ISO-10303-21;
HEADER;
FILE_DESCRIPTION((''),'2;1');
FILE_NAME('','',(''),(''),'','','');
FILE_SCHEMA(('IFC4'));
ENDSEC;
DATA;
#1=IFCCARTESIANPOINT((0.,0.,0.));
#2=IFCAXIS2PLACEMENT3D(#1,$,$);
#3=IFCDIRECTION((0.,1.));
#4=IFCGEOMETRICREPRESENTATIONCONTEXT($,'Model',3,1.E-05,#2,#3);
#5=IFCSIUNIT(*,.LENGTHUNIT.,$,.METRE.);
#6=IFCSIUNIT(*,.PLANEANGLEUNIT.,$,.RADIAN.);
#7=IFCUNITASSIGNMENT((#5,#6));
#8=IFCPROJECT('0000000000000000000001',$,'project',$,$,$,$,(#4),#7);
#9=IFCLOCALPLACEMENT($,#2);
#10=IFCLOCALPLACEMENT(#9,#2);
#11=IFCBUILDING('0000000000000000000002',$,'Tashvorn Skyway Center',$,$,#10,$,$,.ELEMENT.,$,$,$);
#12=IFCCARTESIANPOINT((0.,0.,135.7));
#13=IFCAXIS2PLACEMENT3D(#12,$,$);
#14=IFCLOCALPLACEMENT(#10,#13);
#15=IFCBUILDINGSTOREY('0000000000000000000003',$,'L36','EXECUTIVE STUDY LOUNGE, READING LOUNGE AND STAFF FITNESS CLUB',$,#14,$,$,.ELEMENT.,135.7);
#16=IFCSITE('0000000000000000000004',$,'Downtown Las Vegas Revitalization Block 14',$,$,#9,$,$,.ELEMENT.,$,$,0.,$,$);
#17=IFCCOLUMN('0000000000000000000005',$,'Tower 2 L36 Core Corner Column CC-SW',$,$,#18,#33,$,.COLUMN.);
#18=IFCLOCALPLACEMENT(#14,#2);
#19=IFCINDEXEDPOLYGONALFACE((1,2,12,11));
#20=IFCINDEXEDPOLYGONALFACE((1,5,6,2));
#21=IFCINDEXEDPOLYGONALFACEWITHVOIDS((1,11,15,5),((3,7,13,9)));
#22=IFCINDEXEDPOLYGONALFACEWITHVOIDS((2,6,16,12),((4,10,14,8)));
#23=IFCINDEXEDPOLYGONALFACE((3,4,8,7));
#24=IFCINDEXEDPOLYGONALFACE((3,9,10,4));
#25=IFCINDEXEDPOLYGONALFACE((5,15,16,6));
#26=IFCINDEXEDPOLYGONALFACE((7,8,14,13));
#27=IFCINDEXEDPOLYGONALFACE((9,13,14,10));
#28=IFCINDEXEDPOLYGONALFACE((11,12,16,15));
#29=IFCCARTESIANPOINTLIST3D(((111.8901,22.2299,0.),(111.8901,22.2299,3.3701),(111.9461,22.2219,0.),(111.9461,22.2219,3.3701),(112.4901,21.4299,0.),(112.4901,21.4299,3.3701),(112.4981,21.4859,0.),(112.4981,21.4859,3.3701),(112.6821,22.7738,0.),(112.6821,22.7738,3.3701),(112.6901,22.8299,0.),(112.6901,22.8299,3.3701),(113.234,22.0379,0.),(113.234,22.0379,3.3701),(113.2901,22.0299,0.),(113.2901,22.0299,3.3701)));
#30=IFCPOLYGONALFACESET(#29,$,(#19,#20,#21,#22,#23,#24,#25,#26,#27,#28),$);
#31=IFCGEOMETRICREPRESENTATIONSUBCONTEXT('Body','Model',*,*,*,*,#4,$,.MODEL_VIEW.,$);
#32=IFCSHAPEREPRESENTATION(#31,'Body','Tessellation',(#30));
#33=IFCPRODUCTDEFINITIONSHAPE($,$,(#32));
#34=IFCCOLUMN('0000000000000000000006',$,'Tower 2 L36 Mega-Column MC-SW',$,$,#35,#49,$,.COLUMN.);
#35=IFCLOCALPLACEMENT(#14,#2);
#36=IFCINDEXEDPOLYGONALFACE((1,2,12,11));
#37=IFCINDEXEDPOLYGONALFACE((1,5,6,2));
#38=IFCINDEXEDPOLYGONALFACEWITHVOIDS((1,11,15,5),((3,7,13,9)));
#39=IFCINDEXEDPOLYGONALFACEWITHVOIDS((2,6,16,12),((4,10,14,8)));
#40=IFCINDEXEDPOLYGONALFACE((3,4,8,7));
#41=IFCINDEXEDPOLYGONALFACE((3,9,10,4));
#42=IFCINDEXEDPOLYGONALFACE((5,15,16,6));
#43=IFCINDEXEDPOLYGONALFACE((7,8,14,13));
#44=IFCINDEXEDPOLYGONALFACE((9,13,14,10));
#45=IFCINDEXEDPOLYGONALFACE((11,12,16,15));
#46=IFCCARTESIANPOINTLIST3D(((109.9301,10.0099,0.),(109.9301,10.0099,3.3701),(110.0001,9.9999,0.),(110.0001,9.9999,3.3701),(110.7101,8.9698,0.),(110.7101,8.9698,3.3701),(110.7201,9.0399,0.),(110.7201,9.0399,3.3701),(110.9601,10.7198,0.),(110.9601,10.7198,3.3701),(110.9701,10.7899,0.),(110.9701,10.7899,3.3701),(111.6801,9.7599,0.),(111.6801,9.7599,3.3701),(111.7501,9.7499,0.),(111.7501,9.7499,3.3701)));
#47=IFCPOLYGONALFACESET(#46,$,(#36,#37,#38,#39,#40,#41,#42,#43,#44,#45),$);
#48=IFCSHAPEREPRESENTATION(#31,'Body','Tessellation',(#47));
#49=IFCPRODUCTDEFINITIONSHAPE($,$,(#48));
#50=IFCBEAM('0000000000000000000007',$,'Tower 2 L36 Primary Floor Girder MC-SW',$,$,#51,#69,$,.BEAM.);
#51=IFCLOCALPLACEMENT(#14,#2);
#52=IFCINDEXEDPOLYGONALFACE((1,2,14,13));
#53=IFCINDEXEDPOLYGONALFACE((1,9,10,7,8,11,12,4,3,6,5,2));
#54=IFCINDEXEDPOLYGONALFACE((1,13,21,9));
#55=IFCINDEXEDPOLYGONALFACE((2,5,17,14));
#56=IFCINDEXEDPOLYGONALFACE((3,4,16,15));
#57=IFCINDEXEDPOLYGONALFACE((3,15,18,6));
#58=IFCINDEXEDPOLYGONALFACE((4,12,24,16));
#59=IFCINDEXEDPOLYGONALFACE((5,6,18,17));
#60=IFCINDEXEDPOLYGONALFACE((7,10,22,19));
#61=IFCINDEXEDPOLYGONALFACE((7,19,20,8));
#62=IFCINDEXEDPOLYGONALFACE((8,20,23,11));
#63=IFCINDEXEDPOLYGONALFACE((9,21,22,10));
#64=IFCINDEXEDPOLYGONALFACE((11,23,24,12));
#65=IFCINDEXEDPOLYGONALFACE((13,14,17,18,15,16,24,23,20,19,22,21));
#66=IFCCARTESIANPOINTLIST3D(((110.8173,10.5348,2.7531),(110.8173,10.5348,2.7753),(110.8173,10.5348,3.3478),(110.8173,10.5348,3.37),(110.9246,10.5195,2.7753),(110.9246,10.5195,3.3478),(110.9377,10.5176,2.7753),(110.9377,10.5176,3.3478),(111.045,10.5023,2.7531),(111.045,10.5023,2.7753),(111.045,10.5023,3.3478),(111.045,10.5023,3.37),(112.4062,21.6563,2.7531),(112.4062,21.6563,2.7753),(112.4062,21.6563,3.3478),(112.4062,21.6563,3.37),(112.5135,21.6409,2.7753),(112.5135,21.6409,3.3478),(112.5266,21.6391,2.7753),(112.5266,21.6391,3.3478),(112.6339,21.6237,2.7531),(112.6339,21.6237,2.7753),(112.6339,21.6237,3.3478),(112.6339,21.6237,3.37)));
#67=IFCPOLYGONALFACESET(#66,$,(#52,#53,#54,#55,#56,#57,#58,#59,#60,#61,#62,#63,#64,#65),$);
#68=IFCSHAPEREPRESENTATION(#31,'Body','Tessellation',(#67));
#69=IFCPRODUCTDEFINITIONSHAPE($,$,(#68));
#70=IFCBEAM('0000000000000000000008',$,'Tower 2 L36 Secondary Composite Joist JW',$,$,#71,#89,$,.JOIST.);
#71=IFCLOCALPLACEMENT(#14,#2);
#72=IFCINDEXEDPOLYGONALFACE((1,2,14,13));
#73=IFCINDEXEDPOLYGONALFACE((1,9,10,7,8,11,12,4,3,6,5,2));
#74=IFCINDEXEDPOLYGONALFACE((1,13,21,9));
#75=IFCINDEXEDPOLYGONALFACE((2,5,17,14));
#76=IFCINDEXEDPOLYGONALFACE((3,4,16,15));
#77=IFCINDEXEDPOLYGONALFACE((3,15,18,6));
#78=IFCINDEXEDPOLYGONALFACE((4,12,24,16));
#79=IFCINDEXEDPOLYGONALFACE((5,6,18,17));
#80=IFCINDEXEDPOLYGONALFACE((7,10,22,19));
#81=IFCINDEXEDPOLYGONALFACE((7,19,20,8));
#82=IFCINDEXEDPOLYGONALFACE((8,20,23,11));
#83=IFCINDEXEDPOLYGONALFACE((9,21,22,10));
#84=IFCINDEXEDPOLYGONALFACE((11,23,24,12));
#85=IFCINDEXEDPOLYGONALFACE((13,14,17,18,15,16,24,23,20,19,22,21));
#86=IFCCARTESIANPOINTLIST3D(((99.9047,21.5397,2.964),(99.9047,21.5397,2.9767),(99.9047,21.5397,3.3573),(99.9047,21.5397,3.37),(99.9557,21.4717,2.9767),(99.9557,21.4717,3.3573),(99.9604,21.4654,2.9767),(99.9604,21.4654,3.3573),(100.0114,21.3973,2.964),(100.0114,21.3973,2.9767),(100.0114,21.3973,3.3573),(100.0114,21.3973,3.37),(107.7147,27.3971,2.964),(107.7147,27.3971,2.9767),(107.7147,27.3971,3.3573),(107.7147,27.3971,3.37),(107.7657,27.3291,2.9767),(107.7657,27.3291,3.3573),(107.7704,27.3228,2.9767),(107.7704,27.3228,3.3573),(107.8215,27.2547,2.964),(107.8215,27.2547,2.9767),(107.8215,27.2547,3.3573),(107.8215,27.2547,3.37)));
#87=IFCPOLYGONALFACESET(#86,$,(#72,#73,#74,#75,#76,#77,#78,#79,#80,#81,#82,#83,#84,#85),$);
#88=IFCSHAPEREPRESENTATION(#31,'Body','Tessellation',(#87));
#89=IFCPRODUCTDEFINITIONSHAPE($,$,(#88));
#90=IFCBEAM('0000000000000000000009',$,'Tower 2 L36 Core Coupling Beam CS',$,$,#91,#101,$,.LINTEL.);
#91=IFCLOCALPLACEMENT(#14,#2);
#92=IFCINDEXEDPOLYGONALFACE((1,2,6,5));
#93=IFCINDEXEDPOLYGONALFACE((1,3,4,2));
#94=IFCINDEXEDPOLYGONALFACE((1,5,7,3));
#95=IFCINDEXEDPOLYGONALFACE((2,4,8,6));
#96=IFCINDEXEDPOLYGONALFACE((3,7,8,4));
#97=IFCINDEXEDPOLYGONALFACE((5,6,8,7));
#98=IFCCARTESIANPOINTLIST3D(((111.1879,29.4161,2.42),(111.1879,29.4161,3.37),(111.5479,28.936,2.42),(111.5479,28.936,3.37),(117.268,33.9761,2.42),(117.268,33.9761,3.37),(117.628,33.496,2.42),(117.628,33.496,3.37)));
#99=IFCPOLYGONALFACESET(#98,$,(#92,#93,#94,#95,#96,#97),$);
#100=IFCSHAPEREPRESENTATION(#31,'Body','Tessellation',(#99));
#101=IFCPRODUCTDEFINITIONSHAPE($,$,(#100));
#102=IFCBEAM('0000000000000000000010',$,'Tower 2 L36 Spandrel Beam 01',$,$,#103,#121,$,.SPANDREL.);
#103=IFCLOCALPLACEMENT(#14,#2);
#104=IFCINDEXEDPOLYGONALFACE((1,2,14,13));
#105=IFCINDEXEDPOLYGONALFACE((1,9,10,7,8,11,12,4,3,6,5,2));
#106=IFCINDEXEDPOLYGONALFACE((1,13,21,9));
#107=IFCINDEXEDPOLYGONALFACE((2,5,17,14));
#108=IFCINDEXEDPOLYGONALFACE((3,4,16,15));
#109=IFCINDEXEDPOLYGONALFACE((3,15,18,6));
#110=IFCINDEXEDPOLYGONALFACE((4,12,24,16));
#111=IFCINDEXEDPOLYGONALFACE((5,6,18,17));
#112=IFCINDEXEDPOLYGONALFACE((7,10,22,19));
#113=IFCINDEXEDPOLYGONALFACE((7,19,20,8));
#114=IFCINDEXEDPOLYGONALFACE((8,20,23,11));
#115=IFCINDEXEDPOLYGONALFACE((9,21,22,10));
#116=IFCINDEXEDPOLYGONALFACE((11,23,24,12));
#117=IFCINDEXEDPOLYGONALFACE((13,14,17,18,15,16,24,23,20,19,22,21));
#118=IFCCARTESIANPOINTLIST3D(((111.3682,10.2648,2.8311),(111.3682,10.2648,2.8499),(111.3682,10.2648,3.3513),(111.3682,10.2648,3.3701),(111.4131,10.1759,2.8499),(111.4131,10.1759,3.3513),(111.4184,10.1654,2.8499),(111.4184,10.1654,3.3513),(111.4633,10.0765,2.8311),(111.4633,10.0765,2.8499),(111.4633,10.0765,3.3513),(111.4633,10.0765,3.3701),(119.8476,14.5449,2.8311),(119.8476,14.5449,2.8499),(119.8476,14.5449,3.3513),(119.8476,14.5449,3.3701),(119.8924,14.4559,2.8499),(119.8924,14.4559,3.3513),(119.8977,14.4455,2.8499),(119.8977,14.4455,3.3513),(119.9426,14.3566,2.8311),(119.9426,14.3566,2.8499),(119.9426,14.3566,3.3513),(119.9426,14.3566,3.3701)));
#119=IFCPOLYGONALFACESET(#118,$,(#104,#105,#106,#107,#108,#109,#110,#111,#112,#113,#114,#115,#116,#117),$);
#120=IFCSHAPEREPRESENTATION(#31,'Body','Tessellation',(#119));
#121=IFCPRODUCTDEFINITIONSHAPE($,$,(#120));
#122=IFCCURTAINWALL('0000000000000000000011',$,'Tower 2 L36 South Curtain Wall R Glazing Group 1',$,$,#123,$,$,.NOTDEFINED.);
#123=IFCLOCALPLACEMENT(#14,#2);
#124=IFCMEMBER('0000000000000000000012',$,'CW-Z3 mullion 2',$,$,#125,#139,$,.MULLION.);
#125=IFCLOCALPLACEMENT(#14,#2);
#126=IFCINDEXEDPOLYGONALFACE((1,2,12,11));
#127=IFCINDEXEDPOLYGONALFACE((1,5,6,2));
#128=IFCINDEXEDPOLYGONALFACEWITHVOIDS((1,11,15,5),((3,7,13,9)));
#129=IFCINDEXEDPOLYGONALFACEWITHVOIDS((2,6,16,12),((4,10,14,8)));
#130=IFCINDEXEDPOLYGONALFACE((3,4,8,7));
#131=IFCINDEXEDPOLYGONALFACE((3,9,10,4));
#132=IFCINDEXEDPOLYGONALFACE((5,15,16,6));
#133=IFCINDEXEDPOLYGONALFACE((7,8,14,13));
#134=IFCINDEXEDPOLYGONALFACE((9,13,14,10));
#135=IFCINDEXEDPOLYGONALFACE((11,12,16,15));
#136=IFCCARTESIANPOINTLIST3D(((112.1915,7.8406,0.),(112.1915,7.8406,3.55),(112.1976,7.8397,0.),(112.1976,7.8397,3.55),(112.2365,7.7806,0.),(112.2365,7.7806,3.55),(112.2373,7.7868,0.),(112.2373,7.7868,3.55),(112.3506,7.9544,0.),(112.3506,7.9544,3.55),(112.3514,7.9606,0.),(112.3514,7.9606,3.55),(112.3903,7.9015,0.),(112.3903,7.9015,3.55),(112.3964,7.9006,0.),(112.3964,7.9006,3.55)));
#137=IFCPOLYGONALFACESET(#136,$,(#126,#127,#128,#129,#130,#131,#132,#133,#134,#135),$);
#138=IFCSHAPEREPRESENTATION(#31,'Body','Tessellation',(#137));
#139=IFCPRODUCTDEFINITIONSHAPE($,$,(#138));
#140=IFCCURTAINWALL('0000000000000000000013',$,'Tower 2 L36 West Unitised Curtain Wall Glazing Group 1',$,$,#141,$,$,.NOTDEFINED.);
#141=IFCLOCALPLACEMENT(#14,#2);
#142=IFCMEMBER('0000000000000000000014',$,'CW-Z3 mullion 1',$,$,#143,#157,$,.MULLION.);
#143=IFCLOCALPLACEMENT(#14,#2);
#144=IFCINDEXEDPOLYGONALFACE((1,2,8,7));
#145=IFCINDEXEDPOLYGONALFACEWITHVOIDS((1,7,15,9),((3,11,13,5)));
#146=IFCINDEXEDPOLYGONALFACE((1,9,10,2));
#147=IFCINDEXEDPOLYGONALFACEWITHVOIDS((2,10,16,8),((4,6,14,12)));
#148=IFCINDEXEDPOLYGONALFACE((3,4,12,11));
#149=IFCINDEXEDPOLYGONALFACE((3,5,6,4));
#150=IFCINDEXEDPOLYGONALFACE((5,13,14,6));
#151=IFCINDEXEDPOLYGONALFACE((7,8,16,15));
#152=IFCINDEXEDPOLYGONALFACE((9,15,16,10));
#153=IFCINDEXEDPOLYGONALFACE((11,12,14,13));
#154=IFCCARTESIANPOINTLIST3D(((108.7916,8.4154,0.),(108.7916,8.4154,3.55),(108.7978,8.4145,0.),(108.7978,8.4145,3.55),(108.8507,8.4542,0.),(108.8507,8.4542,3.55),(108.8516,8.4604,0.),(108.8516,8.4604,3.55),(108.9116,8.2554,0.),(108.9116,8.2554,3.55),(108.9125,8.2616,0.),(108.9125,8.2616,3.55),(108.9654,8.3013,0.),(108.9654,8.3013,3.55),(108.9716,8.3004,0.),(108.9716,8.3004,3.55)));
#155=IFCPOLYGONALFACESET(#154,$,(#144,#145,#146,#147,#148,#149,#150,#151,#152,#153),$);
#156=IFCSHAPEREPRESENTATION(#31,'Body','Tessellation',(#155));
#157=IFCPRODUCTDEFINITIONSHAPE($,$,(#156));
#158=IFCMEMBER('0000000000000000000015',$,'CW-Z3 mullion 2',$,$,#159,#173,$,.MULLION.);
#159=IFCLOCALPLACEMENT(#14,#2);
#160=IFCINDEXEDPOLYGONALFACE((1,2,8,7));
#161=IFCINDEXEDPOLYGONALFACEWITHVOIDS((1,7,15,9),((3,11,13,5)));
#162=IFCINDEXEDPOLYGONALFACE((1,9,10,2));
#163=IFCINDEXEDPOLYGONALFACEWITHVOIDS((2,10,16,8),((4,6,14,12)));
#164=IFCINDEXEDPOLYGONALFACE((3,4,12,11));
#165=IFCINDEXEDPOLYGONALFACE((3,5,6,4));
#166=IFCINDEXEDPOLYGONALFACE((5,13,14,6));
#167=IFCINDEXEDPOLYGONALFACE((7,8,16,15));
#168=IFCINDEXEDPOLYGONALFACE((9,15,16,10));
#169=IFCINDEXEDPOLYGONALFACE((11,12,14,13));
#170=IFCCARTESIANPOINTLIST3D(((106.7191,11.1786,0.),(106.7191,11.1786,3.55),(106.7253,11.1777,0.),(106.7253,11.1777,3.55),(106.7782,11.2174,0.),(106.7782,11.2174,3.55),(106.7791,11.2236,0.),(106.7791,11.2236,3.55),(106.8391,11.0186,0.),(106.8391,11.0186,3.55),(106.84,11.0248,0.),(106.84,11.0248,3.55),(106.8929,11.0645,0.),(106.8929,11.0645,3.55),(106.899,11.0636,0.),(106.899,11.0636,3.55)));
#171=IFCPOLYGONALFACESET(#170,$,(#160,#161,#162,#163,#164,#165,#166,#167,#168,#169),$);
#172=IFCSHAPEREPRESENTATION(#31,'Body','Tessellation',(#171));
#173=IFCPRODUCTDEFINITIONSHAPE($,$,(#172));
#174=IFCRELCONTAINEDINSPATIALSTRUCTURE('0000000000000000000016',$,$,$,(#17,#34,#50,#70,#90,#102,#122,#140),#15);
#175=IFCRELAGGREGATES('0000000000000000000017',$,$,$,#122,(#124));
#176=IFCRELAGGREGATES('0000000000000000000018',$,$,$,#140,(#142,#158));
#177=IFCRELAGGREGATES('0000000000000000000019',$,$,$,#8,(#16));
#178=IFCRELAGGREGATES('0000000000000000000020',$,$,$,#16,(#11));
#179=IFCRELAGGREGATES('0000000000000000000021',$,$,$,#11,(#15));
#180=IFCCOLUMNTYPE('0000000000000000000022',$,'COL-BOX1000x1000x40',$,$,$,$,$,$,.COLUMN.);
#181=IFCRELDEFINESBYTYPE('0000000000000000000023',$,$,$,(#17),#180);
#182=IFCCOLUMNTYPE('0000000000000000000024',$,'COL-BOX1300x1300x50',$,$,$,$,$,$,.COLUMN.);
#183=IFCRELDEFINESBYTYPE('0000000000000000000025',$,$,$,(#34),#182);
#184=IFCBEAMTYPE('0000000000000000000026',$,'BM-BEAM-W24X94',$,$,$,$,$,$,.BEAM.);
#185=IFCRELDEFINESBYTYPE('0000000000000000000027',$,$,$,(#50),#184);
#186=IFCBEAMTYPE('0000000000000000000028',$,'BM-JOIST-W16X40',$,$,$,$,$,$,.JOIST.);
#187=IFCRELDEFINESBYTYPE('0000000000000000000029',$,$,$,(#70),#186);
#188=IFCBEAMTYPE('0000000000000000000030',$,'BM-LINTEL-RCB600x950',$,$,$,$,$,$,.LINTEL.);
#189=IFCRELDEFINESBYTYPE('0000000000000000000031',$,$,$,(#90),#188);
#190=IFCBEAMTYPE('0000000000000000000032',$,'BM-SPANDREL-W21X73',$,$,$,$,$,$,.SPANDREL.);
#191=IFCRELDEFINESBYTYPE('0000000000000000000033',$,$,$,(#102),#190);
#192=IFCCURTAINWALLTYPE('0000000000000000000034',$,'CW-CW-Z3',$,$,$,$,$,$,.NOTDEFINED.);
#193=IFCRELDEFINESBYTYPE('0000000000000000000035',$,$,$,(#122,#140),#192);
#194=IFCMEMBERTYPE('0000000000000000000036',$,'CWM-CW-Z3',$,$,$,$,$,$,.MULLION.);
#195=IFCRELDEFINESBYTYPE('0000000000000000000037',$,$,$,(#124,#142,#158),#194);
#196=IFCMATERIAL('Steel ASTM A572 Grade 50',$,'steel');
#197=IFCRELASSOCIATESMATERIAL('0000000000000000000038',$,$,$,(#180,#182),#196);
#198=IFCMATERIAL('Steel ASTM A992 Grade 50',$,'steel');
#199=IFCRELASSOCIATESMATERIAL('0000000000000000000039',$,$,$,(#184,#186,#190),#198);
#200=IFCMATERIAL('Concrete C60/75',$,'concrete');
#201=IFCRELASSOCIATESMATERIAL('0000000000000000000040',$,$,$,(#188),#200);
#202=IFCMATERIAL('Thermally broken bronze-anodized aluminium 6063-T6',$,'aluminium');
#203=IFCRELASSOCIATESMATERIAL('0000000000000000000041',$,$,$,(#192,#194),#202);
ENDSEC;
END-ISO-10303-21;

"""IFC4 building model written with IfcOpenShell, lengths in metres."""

from ifc_helpers import new_model, si_unit, direction, frame, origin, origin_2d, place, context, subcontext, project, spatial, rectangle, hollow_rectangle, i_section, extrude, material, material_profile, profile_set, type_object, element, aggregate, save


model = new_model("IFC4")

# Units and contexts
model_context = context("Model", 3, precision=1e-05, world=origin(), true_north=direction((0.0, 1.0)))
body_context = subcontext(model_context, "Body", "Model", "MODEL_VIEW")
ifc_project = project(units=[si_unit("LENGTHUNIT", "METRE"), si_unit("PLANEANGLEUNIT", "RADIAN")], contexts=[model_context])

# Site, building, storey
site_placement = place(None, origin())
site = spatial("IfcSite", under=ifc_project, at=site_placement, Name="Downtown Las Vegas Revitalization Block 14", CompositionType="ELEMENT", RefElevation=0.0)
building_placement = place(site_placement, origin())
building = spatial("IfcBuilding", under=site, at=building_placement, Name="Tashvorn Skyway Center", CompositionType="ELEMENT")
storey_placement = place(building_placement, frame((0.0, 0.0, 135.7)))
storey = spatial("IfcBuildingStorey", under=building, at=storey_placement, Name="L36", Description="EXECUTIVE STUDY LOUNGE, READING LOUNGE AND STAFF FITNESS CLUB", CompositionType="ELEMENT", Elevation=135.7)

# Columns
ifc_material_1 = material(Name="Steel ASTM A572 Grade 50", Category="steel")
ifc_material_profile_1 = material_profile(ifc_material_1, hollow_rectangle(XDim=1.0, YDim=1.0, WallThickness=0.04, at=origin_2d()), Name="BOX1000x1000x40")
ifc_profile_set_1 = profile_set([ifc_material_profile_1], Name="Steel ASTM A572 Grade 50")
column_type_1 = type_object("IfcColumnType", Name="COL-BOX1000x1000x40", PredefinedType="COLUMN", material=ifc_profile_set_1)
column_1_placement = place(storey_placement, frame((112.5901, 22.1299, 0.0), z_axis=(0.0, 0.0, 1.0), x_axis=(0.8, 0.6, 0.0)))
element("IfcColumn", 1, at=column_1_placement, inside=storey, type_object=column_type_1, Name="Tower 2 L36 Core Corner Column CC-SW", PredefinedType="COLUMN", context=body_context, shape_type="SweptSolid", body=[
    extrude(hollow_rectangle(XDim=1.0, YDim=1.0, WallThickness=0.04, at=origin_2d()), origin(), (0.0, 0.0, 1.0), 3.3701),
])
ifc_material_profile_2 = material_profile(ifc_material_1, hollow_rectangle(XDim=1.3, YDim=1.3, WallThickness=0.05, at=origin_2d()), Name="BOX1300x1300x50")
ifc_profile_set_2 = profile_set([ifc_material_profile_2], Name="Steel ASTM A572 Grade 50")
column_type_2 = type_object("IfcColumnType", Name="COL-BOX1300x1300x50", PredefinedType="COLUMN", material=ifc_profile_set_2)
column_2_placement = place(storey_placement, frame((110.8401, 9.8799, 0.0), z_axis=(0.0, 0.0, 1.0), x_axis=(0.8, 0.6, 0.0)))
element("IfcColumn", 2, at=column_2_placement, inside=storey, type_object=column_type_2, Name="Tower 2 L36 Mega-Column MC-SW", PredefinedType="COLUMN", context=body_context, shape_type="SweptSolid", body=[
    extrude(hollow_rectangle(XDim=1.3, YDim=1.3, WallThickness=0.05, at=origin_2d()), origin(), (0.0, 0.0, 1.0), 3.3701),
])

# Beams
ifc_material_2 = material(Name="Steel ASTM A992 Grade 50", Category="steel")
ifc_material_profile_3 = material_profile(ifc_material_2, i_section(OverallWidth=0.23, OverallDepth=0.6169, WebThickness=0.0132, FlangeThickness=0.0222, at=origin_2d()), Name="W24X94")
ifc_profile_set_3 = profile_set([ifc_material_profile_3], Name="Steel ASTM A992 Grade 50")
beam_type_1 = type_object("IfcBeamType", Name="BM-BEAM-W24X94", PredefinedType="BEAM", material=ifc_profile_set_3)
beam_1_placement = place(storey_placement, frame((110.9312, 10.5186, 3.0615), z_axis=(0.14143, 0.989948, 0.0), x_axis=(-0.989948, 0.14143, 0.0)))
element("IfcBeam", 3, at=beam_1_placement, inside=storey, type_object=beam_type_1, Name="Tower 2 L36 Primary Floor Girder MC-SW", PredefinedType="BEAM", context=body_context, shape_type="SweptSolid", body=[
    extrude(i_section(OverallWidth=0.23, OverallDepth=0.6169, WebThickness=0.0132, FlangeThickness=0.0222, at=origin_2d()), origin(), (0.0, 0.0, 1.0), 11.2344),
])
ifc_material_profile_4 = material_profile(ifc_material_2, i_section(OverallWidth=0.178, OverallDepth=0.406, WebThickness=0.0078, FlangeThickness=0.0127, at=origin_2d()), Name="W16X40")
ifc_profile_set_4 = profile_set([ifc_material_profile_4], Name="Steel ASTM A992 Grade 50")
beam_type_2 = type_object("IfcBeamType", Name="BM-JOIST-W16X40", PredefinedType="JOIST", material=ifc_profile_set_4)
beam_2_placement = place(storey_placement, frame((107.7681, 27.3259, 3.167), z_axis=(-0.800006, -0.599992, 0.0), x_axis=(0.599992, -0.800006, 0.0)))
element("IfcBeam", 4, at=beam_2_placement, inside=storey, type_object=beam_type_2, Name="Tower 2 L36 Secondary Composite Joist JW", PredefinedType="JOIST", context=body_context, shape_type="SweptSolid", body=[
    extrude(i_section(OverallWidth=0.178, OverallDepth=0.406, WebThickness=0.0078, FlangeThickness=0.0127, at=origin_2d()), origin(), (0.0, 0.0, 1.0), 9.7625),
])
ifc_material_3 = material(Name="Concrete C60/75", Category="concrete")
ifc_material_profile_5 = material_profile(ifc_material_3, rectangle(XDim=0.6001, YDim=0.95, at=origin_2d()), Name="RCB600x950")
ifc_profile_set_5 = profile_set([ifc_material_profile_5], Name="Concrete C60/75")
beam_type_3 = type_object("IfcBeamType", Name="BM-LINTEL-RCB600x950", PredefinedType="LINTEL", material=ifc_profile_set_5)
beam_3_placement = place(storey_placement, frame((111.3679, 29.176, 2.895), z_axis=(0.8, 0.6, 0.0), x_axis=(-0.6, 0.8, 0.0)))
element("IfcBeam", 5, at=beam_3_placement, inside=storey, type_object=beam_type_3, Name="Tower 2 L36 Core Coupling Beam CS", PredefinedType="LINTEL", context=body_context, shape_type="SweptSolid", body=[
    extrude(rectangle(XDim=0.6001, YDim=0.95, at=origin_2d()), origin(), (0.0, 0.0, 1.0), 7.6001),
])
ifc_material_profile_6 = material_profile(ifc_material_2, i_section(OverallWidth=0.2109, OverallDepth=0.5391, WebThickness=0.0117, FlangeThickness=0.0188, at=origin_2d()), Name="W21X73")
ifc_profile_set_6 = profile_set([ifc_material_profile_6], Name="Steel ASTM A992 Grade 50")
beam_type_4 = type_object("IfcBeamType", Name="BM-SPANDREL-W21X73", PredefinedType="SPANDREL", material=ifc_profile_set_6)
beam_4_placement = place(storey_placement, frame((111.4158, 10.1707, 3.1006), z_axis=(0.892719, 0.450614, 0.0), x_axis=(-0.450614, 0.892719, 0.0)))
element("IfcBeam", 6, at=beam_4_placement, inside=storey, type_object=beam_type_4, Name="Tower 2 L36 Spandrel Beam 01", PredefinedType="SPANDREL", context=body_context, shape_type="SweptSolid", body=[
    extrude(i_section(OverallWidth=0.2109, OverallDepth=0.5391, WebThickness=0.0117, FlangeThickness=0.0188, at=origin_2d()), origin(), (0.0, 0.0, 1.0), 9.4983),
])

# Curtain wall, member
ifc_material_4 = material(Name="Thermally broken bronze-anodized aluminium 6063-T6", Category="aluminium")
curtain_wall_type = type_object("IfcCurtainWallType", Name="CW-CW-Z3", PredefinedType="NOTDEFINED", material=ifc_material_4)
curtain_wall_1_placement = place(storey_placement, origin())
curtain_wall_1 = element("IfcCurtainWall", 7, at=curtain_wall_1_placement, inside=storey, type_object=curtain_wall_type, Name="Tower 2 L36 South Curtain Wall R Glazing Group 1", PredefinedType="NOTDEFINED")
ifc_material_profile_7 = material_profile(ifc_material_4, hollow_rectangle(XDim=0.075, YDim=0.2, WallThickness=0.0044, at=origin_2d()), Name="ALU-MULL-75x200")
ifc_profile_set_7 = profile_set([ifc_material_profile_7], Name="Thermally broken bronze-anodized aluminium 6063-T6")
member_type_1 = type_object("IfcMemberType", Name="CWM-CW-Z3", PredefinedType="MULLION", material=ifc_profile_set_7)
member_1_placement = place(storey_placement, frame((112.2939, 7.8706, 0.0), z_axis=(0.0, 0.0, 1.0), x_axis=(0.600004, -0.799997, 0.0)))
member_1 = element("IfcMember", 8, at=member_1_placement, type_object=member_type_1, Name="CW-Z3 mullion 2", PredefinedType="MULLION", context=body_context, shape_type="SweptSolid", body=[
    extrude(hollow_rectangle(XDim=0.075, YDim=0.2, WallThickness=0.0044, at=origin_2d()), origin(), (0.0, 0.0, 1.0), 3.55),
])

# Curtain wall, members
curtain_wall_2_placement = place(storey_placement, origin())
curtain_wall_2 = element("IfcCurtainWall", 9, at=curtain_wall_2_placement, inside=storey, type_object=curtain_wall_type, Name="Tower 2 L36 West Unitised Curtain Wall Glazing Group 1", PredefinedType="NOTDEFINED")
member_2_placement = place(storey_placement, frame((108.8816, 8.3579, 0.0), z_axis=(0.0, 0.0, 1.0), x_axis=(-0.800003, -0.599995, 0.0)))
member_2 = element("IfcMember", 10, at=member_2_placement, type_object=member_type_1, Name="CW-Z3 mullion 1", PredefinedType="MULLION", context=body_context, shape_type="SweptSolid", body=[
    extrude(hollow_rectangle(XDim=0.075, YDim=0.2, WallThickness=0.0044, at=origin_2d()), origin(), (0.0, 0.0, 1.0), 3.55),
])
member_3_placement = place(storey_placement, frame((106.8091, 11.1211, 0.0), z_axis=(0.0, 0.0, 1.0), x_axis=(-0.800003, -0.599995, 0.0)))
member_3 = element("IfcMember", 11, at=member_3_placement, type_object=member_type_1, Name="CW-Z3 mullion 2", PredefinedType="MULLION", context=body_context, shape_type="SweptSolid", body=[
    extrude(hollow_rectangle(XDim=0.075, YDim=0.2, WallThickness=0.0044, at=origin_2d()), origin(), (0.0, 0.0, 1.0), 3.55),
])

aggregate(curtain_wall_1, [member_1])
aggregate(curtain_wall_2, [member_2, member_3])

save(model, "model.ifc")
